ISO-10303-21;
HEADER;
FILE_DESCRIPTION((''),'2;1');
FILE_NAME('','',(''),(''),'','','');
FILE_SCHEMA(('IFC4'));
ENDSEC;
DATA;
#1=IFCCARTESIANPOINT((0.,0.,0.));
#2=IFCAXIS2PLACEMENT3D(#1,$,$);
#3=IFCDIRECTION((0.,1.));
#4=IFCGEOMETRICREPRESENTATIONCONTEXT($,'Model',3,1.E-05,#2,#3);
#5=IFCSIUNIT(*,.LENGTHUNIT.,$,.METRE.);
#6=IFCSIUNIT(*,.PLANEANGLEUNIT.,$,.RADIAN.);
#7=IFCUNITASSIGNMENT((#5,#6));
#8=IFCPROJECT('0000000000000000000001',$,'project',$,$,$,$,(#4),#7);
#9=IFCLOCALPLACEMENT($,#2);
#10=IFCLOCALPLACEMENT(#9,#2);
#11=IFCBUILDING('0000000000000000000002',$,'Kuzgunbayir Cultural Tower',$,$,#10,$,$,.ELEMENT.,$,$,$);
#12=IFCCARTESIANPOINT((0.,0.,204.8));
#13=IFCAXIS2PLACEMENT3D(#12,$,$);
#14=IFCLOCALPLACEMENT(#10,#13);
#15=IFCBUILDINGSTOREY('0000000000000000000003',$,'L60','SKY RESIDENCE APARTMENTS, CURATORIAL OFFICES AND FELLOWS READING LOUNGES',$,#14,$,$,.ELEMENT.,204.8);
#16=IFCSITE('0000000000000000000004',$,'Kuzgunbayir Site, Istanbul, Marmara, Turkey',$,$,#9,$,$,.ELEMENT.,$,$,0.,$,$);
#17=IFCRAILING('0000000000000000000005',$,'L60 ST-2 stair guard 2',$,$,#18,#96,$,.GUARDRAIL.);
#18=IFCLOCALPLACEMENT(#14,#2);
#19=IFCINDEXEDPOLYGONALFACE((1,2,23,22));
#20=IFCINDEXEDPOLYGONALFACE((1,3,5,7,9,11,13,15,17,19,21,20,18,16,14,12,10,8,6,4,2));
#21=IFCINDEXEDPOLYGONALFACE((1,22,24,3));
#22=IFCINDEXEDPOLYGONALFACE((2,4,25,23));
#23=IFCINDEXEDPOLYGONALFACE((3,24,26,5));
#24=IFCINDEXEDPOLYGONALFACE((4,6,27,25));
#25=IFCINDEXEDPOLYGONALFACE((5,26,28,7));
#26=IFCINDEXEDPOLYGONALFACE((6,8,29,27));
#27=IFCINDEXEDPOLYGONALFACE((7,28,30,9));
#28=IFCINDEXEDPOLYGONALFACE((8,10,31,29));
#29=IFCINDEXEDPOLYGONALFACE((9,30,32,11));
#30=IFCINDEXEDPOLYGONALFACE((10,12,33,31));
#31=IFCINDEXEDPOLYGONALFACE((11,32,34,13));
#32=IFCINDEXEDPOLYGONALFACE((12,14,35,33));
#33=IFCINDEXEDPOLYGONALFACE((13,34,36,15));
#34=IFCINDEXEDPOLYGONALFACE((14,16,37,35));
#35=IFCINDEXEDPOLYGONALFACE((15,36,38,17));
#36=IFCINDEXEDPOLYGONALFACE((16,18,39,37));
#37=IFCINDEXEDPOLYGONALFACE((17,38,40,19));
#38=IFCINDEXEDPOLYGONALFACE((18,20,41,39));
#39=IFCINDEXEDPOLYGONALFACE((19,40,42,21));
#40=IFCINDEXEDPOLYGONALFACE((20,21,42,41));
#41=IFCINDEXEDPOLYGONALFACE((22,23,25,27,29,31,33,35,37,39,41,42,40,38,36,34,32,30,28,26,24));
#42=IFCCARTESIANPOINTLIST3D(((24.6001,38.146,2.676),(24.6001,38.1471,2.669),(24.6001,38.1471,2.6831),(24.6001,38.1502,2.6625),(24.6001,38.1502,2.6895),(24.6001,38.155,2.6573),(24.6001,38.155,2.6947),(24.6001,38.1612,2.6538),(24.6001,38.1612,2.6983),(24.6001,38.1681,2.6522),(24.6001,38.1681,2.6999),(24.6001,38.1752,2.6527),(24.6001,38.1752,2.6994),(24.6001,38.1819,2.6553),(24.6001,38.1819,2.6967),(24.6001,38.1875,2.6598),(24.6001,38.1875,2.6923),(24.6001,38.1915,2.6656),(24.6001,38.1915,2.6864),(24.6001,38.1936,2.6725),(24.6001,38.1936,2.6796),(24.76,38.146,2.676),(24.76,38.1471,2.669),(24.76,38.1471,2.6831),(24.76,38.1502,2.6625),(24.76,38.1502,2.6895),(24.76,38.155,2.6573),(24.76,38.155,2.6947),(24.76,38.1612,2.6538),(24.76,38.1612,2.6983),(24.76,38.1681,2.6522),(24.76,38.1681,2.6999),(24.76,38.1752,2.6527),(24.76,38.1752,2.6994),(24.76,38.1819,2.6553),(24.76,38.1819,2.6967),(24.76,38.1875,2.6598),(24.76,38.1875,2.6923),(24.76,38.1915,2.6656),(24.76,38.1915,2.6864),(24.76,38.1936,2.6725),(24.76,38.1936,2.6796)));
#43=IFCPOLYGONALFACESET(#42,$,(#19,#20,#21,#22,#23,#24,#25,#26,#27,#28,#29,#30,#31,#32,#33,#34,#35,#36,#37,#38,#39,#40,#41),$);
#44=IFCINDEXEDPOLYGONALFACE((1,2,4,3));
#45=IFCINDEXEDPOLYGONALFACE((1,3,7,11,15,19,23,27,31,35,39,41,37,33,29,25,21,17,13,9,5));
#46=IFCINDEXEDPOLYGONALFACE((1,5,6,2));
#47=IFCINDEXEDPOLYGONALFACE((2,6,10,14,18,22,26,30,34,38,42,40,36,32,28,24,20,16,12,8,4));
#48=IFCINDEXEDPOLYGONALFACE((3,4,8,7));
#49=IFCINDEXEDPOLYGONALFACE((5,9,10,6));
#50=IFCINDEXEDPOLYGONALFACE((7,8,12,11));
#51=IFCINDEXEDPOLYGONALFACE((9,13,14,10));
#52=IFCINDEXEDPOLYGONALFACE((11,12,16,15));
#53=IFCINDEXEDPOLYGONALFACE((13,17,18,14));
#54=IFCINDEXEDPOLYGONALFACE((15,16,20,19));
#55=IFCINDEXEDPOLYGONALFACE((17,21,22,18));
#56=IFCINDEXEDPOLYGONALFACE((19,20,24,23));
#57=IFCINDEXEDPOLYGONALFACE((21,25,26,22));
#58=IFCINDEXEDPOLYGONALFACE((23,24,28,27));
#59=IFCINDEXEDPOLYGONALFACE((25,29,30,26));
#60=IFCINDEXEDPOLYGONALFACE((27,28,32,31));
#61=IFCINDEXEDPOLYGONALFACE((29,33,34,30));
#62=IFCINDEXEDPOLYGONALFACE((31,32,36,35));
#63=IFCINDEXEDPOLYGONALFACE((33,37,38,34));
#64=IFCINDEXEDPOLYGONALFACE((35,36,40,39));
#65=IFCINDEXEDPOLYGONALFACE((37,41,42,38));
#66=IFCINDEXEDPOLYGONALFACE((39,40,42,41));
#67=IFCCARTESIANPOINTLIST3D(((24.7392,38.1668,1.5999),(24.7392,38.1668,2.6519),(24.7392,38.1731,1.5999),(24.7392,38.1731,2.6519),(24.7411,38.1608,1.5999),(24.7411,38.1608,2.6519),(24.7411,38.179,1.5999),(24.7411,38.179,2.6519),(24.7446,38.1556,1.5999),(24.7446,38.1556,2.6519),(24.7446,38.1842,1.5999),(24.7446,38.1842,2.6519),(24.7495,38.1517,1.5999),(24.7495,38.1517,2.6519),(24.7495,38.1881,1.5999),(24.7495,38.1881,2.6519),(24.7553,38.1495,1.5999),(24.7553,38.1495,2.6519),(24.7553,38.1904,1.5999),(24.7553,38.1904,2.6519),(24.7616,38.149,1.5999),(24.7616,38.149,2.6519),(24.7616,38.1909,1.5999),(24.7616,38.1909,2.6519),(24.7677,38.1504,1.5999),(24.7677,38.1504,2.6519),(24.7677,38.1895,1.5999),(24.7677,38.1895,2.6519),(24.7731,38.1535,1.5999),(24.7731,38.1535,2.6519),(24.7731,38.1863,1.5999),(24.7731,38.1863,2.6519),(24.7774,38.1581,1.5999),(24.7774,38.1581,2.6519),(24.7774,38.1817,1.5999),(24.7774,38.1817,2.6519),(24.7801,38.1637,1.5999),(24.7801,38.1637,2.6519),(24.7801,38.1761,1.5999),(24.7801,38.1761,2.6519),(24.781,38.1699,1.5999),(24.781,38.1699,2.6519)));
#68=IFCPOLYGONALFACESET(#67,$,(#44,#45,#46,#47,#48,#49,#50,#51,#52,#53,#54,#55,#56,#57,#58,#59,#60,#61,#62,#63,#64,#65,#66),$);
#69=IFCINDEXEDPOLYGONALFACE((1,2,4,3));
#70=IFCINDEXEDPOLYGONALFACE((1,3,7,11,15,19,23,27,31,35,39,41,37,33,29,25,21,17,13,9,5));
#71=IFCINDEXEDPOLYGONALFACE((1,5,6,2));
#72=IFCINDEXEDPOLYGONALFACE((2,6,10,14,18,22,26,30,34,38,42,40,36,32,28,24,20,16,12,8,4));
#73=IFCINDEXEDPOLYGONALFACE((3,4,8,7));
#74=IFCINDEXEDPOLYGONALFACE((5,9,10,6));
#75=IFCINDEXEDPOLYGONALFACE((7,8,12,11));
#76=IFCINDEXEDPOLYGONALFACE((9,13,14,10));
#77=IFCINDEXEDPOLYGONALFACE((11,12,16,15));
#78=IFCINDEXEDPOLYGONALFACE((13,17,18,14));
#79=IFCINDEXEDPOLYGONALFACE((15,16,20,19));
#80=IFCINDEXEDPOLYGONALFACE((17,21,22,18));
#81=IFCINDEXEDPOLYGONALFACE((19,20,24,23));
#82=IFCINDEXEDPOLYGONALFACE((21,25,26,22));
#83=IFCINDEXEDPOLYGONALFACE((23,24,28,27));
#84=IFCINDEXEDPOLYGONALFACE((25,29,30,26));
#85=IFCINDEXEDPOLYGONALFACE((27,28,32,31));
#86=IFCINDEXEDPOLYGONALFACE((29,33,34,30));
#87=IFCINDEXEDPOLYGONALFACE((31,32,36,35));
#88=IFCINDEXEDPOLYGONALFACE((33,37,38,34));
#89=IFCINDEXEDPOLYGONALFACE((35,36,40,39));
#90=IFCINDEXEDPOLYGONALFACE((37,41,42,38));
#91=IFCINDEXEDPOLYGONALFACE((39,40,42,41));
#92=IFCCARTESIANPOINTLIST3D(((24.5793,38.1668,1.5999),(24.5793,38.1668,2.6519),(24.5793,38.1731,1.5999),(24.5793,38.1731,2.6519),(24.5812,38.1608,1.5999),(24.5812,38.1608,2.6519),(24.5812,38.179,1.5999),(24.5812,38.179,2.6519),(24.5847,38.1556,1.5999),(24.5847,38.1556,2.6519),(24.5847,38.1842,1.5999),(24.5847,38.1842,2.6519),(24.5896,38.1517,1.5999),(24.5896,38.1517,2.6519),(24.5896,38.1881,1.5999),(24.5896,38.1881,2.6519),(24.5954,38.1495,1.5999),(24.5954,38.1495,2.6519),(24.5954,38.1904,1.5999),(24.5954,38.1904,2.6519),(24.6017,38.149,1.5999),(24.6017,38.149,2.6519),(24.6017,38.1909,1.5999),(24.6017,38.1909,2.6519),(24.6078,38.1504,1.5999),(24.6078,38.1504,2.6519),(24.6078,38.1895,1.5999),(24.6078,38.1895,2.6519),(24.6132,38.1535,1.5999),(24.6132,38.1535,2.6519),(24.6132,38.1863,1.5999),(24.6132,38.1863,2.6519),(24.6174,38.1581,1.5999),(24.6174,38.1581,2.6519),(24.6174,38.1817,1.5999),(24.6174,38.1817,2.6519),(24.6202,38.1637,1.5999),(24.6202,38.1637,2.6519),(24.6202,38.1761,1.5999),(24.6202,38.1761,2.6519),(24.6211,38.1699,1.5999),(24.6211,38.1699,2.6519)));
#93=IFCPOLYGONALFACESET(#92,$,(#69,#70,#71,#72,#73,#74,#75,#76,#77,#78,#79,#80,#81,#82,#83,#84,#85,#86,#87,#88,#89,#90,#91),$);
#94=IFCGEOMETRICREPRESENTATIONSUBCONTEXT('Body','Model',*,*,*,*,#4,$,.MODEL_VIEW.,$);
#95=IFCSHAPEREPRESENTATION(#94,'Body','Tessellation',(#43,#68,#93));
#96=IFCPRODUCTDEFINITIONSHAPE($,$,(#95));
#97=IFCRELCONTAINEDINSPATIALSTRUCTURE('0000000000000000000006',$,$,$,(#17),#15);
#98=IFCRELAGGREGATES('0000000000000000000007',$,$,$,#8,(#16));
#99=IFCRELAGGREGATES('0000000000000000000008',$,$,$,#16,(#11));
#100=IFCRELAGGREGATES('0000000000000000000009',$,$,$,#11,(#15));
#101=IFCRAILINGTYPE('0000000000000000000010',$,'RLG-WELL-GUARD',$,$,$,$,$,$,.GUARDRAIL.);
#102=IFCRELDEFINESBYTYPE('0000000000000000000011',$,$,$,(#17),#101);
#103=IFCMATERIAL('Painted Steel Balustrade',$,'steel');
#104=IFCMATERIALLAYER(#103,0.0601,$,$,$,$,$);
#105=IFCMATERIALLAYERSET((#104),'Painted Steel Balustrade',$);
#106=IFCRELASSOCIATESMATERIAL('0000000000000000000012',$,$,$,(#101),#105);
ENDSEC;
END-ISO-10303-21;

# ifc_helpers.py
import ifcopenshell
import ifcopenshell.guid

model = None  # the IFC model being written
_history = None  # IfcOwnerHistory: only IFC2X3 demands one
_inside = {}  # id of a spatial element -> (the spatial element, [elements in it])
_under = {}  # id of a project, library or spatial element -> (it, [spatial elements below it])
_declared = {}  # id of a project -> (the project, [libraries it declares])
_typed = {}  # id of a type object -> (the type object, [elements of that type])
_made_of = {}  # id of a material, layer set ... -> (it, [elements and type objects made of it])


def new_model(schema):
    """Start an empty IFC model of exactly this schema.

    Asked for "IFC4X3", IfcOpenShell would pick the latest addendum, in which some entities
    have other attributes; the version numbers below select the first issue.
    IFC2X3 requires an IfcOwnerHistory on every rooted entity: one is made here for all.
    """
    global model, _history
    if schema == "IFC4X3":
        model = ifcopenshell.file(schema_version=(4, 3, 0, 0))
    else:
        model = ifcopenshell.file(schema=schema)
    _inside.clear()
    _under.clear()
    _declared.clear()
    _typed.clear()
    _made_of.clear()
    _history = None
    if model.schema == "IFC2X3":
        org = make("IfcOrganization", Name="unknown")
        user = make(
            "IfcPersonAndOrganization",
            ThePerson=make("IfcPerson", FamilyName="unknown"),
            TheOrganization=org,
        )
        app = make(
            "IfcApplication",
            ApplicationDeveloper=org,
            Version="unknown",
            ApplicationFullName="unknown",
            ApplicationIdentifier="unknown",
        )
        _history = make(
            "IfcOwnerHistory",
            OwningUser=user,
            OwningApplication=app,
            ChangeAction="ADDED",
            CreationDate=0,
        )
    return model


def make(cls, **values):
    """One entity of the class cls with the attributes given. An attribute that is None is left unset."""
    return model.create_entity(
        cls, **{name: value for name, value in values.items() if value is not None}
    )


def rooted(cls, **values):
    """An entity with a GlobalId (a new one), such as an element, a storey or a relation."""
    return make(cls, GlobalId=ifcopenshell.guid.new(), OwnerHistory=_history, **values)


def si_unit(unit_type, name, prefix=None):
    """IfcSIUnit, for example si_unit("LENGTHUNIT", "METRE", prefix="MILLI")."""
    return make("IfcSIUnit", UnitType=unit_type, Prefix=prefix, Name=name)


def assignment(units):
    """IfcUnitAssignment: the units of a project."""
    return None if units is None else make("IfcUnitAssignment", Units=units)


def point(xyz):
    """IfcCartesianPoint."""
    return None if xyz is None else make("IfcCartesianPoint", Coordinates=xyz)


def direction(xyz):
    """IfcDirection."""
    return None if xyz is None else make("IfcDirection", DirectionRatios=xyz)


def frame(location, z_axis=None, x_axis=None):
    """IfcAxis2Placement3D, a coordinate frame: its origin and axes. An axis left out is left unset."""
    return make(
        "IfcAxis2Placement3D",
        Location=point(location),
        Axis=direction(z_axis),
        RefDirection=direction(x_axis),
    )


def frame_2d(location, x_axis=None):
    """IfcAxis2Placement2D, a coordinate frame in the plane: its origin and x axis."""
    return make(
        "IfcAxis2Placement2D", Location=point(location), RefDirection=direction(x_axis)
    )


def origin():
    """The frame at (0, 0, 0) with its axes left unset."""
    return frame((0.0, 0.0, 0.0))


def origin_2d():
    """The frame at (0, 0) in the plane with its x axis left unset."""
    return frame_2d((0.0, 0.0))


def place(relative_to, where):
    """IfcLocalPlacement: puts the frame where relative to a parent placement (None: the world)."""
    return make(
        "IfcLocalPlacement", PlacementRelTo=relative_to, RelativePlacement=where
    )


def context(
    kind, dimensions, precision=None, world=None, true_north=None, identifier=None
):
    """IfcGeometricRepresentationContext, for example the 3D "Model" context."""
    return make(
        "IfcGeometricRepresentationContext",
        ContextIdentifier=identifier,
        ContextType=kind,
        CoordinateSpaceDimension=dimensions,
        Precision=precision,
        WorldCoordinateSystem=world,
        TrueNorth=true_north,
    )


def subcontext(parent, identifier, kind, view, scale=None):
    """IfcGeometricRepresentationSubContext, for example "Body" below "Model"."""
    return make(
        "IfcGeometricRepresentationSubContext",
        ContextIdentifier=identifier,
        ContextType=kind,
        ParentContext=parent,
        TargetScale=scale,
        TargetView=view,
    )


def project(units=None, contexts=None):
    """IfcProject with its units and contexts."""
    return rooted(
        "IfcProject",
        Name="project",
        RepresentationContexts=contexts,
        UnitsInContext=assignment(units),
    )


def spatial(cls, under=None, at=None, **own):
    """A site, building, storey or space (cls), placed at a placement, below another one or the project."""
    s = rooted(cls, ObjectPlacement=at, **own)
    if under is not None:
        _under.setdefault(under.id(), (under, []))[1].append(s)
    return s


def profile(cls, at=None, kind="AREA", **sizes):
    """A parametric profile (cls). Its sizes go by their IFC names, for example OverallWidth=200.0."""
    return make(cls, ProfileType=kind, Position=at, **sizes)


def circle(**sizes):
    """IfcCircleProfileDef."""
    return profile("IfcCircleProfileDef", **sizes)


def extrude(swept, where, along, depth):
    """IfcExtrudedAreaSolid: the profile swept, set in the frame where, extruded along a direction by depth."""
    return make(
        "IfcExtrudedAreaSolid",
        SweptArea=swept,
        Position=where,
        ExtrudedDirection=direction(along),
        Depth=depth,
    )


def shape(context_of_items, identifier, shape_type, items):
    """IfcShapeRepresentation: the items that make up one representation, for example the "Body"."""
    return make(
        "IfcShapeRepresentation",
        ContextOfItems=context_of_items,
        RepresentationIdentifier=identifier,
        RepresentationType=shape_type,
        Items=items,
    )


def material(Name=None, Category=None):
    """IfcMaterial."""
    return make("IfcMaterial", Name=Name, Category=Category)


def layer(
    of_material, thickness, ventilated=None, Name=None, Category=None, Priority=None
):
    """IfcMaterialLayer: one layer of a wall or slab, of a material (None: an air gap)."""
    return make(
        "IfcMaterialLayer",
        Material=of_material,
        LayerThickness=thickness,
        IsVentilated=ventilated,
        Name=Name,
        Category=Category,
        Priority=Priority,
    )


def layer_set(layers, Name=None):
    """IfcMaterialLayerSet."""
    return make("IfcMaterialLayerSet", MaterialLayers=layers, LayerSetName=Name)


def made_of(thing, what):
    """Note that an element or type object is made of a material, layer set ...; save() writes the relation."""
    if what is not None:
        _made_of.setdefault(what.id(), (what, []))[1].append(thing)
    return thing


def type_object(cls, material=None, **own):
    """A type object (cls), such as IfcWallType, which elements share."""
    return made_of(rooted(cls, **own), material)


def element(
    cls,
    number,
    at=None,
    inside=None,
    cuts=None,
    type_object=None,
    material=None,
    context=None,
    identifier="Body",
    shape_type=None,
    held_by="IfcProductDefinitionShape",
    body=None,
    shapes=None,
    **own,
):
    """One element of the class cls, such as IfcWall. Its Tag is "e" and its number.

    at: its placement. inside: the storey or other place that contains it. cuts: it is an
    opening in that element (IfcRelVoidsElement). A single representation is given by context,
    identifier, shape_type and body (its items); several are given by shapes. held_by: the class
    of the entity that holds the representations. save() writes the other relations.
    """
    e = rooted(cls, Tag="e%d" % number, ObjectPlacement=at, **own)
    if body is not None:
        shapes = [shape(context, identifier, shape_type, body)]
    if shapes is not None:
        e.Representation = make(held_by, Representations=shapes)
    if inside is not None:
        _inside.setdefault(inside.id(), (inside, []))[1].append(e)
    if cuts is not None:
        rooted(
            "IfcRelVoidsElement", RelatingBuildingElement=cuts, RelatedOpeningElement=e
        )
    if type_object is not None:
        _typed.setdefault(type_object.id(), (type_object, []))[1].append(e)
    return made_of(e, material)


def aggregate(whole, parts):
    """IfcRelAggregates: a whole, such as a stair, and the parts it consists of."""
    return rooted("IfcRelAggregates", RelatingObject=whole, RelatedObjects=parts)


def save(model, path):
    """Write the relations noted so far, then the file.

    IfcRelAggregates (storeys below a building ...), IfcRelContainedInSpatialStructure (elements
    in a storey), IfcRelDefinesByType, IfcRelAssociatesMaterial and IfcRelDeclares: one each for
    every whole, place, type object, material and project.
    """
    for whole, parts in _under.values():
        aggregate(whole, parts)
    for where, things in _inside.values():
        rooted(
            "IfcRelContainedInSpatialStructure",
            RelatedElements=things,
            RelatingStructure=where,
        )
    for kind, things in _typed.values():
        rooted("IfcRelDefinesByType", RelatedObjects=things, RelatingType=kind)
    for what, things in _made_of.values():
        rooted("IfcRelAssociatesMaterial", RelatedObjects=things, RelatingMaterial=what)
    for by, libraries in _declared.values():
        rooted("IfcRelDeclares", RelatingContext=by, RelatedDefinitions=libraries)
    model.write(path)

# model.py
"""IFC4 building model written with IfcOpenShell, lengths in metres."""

from ifc_helpers import new_model, si_unit, direction, frame, origin, origin_2d, place, context, subcontext, project, spatial, circle, extrude, material, layer, layer_set, type_object, element, save


model = new_model("IFC4")

# Units and contexts
model_context = context("Model", 3, precision=1e-05, world=origin(), true_north=direction((0.0, 1.0)))
body_context = subcontext(model_context, "Body", "Model", "MODEL_VIEW")
ifc_project = project(units=[si_unit("LENGTHUNIT", "METRE"), si_unit("PLANEANGLEUNIT", "RADIAN")], contexts=[model_context])

# Site, building, storey
site_placement = place(None, origin())
site = spatial("IfcSite", under=ifc_project, at=site_placement, Name="Kuzgunbayir Site, Istanbul, Marmara, Turkey", CompositionType="ELEMENT", RefElevation=0.0)
building_placement = place(site_placement, origin())
building = spatial("IfcBuilding", under=site, at=building_placement, Name="Kuzgunbayir Cultural Tower", CompositionType="ELEMENT")
storey_placement = place(building_placement, frame((0.0, 0.0, 204.8)))
storey = spatial("IfcBuildingStorey", under=building, at=storey_placement, Name="L60", Description="SKY RESIDENCE APARTMENTS, CURATORIAL OFFICES AND FELLOWS READING LOUNGES", CompositionType="ELEMENT", Elevation=204.8)

# Railing
ifc_material_1 = material(Name="Painted Steel Balustrade", Category="steel")
ifc_layer_1 = layer(ifc_material_1, 0.0601)
ifc_layer_set_1 = layer_set([ifc_layer_1], Name="Painted Steel Balustrade")
railing_type_1 = type_object("IfcRailingType", Name="RLG-WELL-GUARD", PredefinedType="GUARDRAIL", material=ifc_layer_set_1)
railing_1_placement = place(storey_placement, frame((24.76, 38.1699, 1.5999)))
element("IfcRailing", 1, at=railing_1_placement, inside=storey, type_object=railing_type_1, Name="L60 ST-2 stair guard 2", PredefinedType="GUARDRAIL", context=body_context, shape_type="SweptSolid", body=[
    extrude(circle(Radius=0.0239, at=origin_2d()), frame((0.0, 0.0, 1.0762), z_axis=(-1.0, 0.0, 0.0), x_axis=(0.0, -1.0, 0.0)), (0.0, 0.0, 1.0), 0.1599),
    extrude(circle(Radius=0.021, at=origin_2d()), origin(), (0.0, 0.0, 1.0), 1.052),
    extrude(circle(Radius=0.021, at=origin_2d()), frame((-0.1599, 0.0, 0.0)), (0.0, 0.0, 1.0), 1.052),
])

save(model, "model.ifc")
